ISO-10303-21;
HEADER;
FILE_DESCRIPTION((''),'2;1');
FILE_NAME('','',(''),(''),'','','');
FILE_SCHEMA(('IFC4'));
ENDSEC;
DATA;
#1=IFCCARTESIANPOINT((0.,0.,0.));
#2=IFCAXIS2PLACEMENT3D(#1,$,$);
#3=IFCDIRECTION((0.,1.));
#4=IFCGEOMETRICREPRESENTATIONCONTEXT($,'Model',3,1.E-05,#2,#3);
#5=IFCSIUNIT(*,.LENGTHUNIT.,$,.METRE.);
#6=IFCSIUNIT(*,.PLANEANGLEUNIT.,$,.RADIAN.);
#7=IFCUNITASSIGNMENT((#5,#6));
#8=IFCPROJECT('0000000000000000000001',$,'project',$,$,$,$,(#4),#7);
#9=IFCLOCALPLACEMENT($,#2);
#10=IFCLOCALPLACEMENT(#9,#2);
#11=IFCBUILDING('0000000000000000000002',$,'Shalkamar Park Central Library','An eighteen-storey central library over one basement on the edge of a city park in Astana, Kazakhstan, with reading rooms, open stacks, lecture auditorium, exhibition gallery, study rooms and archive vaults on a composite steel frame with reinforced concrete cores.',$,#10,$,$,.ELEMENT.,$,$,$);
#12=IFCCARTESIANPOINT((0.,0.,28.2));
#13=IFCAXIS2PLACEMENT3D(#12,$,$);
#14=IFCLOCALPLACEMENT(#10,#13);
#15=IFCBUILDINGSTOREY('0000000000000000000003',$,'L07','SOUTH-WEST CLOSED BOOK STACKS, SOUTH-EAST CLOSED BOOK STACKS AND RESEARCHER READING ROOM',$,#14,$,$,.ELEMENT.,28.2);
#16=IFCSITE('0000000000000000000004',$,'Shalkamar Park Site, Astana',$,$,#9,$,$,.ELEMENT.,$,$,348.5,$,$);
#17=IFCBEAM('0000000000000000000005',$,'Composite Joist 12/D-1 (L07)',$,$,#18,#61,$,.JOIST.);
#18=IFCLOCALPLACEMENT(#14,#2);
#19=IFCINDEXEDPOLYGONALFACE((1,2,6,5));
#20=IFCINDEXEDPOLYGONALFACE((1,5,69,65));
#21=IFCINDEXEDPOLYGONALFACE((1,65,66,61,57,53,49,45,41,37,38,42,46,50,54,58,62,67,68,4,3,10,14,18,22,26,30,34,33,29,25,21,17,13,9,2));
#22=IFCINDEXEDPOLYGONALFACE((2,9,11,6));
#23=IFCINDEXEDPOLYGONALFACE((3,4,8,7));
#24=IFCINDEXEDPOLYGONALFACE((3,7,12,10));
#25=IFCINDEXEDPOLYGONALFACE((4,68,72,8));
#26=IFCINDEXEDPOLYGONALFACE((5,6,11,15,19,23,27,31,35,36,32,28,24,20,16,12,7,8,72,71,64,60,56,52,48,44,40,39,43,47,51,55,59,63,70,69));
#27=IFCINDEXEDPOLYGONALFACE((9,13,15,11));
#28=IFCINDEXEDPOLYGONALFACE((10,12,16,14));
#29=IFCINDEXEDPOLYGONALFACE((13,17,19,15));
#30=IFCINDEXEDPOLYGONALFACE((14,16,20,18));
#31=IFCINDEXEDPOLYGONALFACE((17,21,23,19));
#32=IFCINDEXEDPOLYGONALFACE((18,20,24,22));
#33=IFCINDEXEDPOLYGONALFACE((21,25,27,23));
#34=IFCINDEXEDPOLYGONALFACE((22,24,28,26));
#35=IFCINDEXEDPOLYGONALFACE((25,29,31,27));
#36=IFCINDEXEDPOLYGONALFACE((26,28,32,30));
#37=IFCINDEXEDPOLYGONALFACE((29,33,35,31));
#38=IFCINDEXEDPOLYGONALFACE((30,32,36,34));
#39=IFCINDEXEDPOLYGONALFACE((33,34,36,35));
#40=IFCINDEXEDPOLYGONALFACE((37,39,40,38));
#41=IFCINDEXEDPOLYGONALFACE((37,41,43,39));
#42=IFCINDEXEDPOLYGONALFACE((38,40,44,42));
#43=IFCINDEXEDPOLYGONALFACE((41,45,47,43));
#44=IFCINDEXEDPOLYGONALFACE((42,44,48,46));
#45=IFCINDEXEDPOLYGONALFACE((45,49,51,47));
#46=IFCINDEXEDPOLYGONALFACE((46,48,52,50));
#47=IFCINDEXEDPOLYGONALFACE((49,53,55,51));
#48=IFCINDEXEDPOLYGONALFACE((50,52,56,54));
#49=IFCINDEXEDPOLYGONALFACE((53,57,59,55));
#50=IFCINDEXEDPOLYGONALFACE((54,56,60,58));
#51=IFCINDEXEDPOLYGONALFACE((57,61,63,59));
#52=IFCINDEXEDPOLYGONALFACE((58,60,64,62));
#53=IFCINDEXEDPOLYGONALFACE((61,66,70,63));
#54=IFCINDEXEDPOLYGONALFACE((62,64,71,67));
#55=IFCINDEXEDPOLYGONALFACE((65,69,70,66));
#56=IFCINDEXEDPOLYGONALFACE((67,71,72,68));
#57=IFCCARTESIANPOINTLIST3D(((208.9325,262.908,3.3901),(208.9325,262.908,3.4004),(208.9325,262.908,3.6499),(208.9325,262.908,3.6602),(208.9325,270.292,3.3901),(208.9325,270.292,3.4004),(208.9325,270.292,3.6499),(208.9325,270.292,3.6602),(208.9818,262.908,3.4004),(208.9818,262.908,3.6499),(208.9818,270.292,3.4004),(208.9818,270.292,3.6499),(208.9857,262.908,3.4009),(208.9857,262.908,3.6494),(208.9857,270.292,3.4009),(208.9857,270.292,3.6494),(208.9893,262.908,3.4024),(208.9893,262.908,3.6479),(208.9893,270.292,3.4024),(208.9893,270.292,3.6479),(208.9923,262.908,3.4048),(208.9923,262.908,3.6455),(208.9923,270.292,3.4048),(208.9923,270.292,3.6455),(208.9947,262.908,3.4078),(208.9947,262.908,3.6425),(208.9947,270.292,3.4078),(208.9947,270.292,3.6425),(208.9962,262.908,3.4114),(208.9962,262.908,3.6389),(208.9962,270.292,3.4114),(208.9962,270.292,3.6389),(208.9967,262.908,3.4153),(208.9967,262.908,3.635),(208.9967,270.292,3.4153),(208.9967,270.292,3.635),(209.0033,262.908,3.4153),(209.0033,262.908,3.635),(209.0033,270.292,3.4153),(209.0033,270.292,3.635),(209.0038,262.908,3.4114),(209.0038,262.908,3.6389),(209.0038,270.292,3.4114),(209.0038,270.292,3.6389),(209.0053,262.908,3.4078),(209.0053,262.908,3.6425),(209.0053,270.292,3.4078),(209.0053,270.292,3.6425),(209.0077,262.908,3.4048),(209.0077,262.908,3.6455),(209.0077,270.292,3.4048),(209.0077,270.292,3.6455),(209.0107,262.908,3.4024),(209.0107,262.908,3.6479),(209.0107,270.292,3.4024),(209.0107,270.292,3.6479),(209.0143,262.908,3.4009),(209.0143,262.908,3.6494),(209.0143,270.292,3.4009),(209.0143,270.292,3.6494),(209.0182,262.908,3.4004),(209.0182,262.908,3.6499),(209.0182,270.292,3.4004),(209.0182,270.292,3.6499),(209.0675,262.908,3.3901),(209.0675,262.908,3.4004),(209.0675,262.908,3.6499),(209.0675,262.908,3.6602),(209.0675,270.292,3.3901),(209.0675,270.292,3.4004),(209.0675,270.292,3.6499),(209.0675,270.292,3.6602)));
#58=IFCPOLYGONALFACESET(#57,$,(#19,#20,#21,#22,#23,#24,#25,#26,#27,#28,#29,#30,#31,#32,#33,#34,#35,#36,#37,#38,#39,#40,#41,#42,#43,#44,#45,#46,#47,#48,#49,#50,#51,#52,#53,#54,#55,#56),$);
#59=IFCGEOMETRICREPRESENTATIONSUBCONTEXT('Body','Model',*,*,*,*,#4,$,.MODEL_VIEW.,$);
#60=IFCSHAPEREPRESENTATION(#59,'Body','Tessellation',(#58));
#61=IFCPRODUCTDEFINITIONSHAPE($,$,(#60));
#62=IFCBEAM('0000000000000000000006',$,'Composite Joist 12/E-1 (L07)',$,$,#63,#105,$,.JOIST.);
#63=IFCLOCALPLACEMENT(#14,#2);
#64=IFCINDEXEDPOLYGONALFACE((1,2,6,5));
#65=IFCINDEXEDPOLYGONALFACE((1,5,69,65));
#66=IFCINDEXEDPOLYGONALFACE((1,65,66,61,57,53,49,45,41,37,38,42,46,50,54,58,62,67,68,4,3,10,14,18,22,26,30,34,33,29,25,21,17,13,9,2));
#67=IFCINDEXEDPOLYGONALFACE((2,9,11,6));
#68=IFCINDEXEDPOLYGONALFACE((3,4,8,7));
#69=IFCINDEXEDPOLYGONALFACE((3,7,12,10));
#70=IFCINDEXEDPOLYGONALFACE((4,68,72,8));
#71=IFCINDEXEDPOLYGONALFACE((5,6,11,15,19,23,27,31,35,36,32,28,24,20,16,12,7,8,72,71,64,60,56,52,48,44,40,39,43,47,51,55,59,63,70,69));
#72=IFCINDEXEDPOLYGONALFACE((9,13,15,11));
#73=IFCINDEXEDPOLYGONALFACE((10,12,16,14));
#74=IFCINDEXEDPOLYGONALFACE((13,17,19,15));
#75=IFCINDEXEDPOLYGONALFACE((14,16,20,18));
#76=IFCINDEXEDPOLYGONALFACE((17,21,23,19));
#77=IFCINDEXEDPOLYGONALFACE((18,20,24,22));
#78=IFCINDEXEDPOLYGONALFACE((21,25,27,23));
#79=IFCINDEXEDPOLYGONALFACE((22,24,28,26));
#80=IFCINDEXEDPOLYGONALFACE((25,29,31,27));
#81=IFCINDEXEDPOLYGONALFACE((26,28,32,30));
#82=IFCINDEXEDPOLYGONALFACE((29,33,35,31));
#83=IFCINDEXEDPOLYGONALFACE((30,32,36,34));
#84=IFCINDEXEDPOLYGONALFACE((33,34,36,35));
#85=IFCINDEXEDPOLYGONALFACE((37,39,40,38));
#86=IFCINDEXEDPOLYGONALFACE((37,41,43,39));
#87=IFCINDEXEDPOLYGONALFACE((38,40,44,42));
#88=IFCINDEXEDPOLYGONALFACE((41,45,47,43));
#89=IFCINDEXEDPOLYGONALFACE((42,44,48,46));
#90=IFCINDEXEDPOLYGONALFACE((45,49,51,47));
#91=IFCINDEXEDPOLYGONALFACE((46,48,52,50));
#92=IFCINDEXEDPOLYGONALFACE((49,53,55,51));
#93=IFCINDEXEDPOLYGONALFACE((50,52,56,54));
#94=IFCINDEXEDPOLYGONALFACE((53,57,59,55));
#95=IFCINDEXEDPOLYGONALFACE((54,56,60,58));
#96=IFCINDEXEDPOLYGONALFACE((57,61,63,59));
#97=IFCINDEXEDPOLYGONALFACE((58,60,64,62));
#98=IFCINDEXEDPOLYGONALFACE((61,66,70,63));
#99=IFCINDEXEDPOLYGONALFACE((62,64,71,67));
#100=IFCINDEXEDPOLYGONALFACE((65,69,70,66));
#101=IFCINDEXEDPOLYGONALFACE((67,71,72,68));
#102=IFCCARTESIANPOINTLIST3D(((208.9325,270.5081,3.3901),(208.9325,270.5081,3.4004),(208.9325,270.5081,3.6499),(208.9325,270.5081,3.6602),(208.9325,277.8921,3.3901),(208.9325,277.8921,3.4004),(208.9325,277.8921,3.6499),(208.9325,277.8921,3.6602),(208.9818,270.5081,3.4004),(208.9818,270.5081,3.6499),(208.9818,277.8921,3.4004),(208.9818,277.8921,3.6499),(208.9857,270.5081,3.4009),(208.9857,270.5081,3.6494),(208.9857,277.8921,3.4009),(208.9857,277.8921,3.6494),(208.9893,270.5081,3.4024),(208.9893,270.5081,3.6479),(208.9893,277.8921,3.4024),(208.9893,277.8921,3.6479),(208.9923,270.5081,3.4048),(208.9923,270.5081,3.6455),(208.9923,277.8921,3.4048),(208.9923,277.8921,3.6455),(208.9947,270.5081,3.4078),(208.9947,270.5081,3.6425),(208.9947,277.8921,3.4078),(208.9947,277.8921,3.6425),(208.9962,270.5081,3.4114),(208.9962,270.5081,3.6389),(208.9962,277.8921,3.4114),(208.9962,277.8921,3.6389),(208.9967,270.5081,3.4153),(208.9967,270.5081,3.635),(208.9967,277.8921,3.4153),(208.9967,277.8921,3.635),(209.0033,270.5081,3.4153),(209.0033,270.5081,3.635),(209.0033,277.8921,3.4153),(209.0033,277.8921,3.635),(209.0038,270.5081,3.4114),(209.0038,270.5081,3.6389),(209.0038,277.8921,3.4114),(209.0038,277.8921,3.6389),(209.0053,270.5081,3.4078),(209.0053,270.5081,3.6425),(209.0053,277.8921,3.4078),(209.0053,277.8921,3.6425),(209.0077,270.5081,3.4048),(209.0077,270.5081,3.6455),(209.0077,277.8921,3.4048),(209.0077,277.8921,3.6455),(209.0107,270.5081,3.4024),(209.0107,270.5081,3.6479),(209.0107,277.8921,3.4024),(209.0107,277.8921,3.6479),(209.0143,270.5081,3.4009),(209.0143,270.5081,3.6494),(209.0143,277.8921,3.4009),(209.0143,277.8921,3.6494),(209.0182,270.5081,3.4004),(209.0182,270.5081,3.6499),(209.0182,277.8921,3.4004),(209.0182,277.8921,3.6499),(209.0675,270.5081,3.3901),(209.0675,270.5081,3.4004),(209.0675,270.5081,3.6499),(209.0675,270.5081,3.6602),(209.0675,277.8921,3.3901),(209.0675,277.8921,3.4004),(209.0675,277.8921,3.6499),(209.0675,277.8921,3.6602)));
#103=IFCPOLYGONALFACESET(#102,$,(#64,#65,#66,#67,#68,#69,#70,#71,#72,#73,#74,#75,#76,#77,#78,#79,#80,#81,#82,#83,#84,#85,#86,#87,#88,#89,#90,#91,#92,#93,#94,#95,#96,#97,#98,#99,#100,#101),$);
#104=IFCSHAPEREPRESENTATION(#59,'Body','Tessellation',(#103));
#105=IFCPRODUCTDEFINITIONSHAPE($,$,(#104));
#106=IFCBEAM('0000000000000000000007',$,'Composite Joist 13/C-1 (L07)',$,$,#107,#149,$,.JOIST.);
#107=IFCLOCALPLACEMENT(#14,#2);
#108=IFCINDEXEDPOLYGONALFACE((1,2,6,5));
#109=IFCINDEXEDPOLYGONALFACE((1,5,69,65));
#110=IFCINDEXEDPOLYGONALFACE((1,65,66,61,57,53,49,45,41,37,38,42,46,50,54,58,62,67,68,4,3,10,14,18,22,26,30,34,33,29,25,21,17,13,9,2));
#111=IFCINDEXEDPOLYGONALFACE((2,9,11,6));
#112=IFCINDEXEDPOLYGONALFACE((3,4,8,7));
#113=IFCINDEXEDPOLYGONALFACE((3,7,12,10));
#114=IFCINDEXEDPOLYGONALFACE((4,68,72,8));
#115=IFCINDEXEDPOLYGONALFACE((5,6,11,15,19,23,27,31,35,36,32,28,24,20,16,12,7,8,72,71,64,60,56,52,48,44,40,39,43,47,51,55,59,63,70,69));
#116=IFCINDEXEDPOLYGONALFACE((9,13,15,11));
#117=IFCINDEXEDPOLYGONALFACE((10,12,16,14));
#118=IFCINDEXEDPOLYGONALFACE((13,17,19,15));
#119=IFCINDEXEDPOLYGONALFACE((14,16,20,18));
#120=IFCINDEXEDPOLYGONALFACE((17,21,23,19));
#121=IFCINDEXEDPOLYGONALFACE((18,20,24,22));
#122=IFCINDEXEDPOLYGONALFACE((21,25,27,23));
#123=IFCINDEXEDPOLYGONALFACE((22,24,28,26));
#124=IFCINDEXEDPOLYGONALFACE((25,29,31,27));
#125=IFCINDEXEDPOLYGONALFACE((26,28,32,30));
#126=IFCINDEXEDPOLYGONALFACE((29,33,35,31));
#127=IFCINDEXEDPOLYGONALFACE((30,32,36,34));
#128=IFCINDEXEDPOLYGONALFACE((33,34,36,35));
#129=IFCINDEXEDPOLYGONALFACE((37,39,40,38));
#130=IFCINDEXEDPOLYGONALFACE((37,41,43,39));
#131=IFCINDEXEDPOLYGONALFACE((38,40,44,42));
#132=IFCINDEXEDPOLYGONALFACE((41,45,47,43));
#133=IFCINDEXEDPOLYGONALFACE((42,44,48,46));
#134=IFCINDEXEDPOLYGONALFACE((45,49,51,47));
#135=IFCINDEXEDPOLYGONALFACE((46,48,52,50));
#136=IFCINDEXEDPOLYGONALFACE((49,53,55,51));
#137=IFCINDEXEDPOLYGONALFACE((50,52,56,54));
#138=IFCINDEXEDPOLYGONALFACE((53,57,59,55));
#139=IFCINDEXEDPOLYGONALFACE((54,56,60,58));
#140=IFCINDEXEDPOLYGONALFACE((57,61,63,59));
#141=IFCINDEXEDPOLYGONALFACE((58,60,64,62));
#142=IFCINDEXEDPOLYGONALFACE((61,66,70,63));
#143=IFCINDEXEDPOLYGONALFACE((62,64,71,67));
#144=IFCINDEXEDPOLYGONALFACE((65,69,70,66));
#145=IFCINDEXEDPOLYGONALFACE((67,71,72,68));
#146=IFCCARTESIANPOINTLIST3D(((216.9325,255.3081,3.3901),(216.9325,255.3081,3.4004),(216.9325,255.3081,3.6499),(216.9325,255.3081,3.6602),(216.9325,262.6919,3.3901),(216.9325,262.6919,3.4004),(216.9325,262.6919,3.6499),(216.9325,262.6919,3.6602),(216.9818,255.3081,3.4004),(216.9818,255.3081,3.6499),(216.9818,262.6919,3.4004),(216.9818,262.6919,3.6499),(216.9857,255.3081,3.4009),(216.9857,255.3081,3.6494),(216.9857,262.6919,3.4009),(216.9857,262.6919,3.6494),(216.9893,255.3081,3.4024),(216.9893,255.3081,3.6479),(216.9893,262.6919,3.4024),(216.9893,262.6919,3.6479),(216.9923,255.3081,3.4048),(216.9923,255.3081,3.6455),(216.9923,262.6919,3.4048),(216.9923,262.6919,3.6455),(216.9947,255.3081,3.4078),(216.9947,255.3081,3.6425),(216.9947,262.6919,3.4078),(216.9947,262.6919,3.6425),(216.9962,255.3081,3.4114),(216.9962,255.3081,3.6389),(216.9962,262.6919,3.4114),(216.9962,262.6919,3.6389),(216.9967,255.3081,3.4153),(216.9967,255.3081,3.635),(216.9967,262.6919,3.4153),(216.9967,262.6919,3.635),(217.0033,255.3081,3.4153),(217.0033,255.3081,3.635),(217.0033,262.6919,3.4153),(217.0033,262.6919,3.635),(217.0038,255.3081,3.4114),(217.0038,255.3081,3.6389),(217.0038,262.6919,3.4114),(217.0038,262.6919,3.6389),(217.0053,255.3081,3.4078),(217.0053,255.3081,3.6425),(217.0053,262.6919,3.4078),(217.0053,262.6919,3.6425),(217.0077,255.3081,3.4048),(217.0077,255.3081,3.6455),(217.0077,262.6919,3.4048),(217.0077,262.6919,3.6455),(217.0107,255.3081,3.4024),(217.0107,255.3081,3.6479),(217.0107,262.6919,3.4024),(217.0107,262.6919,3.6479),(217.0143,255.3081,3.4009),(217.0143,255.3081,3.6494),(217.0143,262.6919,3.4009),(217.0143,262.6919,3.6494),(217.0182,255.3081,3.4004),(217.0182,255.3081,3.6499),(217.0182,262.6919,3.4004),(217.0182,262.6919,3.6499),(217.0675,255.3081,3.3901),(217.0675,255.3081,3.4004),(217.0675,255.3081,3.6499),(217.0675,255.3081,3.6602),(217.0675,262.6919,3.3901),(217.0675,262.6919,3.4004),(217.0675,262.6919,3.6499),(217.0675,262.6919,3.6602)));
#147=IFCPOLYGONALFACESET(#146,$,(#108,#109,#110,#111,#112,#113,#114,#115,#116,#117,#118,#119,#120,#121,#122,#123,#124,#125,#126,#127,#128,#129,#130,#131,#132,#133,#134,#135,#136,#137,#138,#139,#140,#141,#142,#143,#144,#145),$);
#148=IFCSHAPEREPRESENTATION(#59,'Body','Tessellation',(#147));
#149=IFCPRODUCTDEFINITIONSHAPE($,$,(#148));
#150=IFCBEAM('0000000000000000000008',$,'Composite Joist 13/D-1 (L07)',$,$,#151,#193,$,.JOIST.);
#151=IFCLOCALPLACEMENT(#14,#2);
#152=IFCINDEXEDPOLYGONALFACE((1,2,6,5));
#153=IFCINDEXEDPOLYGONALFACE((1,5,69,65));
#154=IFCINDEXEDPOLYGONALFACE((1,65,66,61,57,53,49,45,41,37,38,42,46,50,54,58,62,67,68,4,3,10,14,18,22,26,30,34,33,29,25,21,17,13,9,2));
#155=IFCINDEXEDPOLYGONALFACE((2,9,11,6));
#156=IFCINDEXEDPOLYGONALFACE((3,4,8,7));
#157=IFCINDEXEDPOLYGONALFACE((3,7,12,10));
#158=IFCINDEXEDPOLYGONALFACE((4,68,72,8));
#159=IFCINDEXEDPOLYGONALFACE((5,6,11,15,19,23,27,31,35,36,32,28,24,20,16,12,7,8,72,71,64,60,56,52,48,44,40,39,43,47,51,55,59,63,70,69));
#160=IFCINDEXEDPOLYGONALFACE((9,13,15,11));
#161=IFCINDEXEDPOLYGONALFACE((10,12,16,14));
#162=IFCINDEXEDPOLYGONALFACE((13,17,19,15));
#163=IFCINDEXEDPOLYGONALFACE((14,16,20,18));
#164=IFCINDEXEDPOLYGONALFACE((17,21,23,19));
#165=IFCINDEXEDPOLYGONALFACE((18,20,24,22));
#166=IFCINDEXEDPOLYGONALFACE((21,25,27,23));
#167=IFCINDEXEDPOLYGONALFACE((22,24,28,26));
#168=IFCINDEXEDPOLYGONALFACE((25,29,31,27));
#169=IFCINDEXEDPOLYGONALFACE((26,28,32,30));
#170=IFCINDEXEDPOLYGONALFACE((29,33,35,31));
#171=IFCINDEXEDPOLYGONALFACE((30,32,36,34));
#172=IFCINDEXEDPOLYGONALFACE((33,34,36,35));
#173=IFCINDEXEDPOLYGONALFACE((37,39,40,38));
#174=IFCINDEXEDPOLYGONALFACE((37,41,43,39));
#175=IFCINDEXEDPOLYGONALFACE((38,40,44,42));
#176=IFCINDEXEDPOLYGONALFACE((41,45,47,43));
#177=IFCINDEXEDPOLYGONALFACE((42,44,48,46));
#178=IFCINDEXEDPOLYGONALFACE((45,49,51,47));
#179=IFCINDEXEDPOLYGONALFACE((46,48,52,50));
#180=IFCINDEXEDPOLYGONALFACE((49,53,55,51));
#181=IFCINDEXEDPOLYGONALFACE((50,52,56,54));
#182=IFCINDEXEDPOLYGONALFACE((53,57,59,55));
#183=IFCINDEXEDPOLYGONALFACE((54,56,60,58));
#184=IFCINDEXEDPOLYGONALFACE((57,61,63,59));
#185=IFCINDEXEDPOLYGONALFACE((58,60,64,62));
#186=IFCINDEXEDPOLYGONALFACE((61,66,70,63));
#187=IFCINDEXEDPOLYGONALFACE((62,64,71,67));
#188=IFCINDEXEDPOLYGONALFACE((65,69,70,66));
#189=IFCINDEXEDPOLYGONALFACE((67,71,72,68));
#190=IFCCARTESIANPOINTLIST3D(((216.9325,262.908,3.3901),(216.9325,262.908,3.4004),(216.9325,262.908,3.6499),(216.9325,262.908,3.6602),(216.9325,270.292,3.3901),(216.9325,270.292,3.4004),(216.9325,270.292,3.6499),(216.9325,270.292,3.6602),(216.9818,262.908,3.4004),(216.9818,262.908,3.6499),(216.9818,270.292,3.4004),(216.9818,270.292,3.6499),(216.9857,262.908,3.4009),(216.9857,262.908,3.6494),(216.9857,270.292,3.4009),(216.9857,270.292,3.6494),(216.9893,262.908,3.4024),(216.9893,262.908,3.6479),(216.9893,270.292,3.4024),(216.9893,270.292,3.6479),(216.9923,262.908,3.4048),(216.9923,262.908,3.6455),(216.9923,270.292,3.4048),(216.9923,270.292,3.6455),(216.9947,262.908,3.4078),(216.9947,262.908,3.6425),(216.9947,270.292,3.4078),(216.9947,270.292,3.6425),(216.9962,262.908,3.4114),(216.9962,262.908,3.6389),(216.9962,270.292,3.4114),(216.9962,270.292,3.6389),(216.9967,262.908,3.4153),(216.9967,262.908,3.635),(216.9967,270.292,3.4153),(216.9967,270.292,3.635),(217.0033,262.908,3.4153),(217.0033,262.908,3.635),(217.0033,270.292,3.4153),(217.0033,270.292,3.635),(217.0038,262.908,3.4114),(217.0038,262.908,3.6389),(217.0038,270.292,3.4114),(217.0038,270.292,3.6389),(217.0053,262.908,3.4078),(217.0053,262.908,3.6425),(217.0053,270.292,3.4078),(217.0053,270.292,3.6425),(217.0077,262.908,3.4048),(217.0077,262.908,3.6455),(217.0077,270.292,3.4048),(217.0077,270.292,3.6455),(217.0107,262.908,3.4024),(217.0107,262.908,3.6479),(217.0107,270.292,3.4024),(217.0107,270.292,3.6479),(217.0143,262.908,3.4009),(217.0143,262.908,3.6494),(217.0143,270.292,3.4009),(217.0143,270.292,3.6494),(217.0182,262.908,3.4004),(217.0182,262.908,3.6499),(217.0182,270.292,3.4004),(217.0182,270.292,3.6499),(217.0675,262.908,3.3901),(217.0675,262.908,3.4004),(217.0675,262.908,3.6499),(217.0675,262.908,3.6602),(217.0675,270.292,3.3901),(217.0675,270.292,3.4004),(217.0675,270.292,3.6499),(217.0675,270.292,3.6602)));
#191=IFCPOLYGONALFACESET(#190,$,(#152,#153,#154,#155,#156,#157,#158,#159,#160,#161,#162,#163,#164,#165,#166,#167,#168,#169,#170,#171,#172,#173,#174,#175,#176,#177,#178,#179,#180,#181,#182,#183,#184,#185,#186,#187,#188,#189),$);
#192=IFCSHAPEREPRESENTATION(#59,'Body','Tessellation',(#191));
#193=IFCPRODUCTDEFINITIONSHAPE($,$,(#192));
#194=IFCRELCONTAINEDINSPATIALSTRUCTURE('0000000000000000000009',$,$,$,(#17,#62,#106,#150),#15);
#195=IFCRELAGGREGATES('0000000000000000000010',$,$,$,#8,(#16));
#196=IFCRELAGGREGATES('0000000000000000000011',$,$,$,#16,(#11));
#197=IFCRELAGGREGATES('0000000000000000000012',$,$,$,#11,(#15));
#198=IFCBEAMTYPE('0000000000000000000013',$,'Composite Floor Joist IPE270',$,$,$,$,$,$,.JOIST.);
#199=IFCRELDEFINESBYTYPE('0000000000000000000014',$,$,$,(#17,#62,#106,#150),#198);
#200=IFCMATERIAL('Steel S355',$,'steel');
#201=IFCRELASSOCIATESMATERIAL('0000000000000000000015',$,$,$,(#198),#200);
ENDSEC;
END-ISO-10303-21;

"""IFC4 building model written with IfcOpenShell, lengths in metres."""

from ifc_helpers import new_model, si_unit, direction, frame, origin, origin_2d, place, context, subcontext, project, spatial, i_section, extrude, material, material_profile, profile_set, type_object, element, save


model = new_model("IFC4")

# Units and contexts
model_context = context("Model", 3, precision=1e-05, world=origin(), true_north=direction((0.0, 1.0)))
body_context = subcontext(model_context, "Body", "Model", "MODEL_VIEW")
ifc_project = project(units=[si_unit("LENGTHUNIT", "METRE"), si_unit("PLANEANGLEUNIT", "RADIAN")], contexts=[model_context])

# Site, building, storey
site_placement = place(None, origin())
site = spatial("IfcSite", under=ifc_project, at=site_placement, Name="Shalkamar Park Site, Astana", CompositionType="ELEMENT", RefElevation=348.5)
building_placement = place(site_placement, origin())
building = spatial("IfcBuilding", under=site, at=building_placement, Name="Shalkamar Park Central Library", Description="An eighteen-storey central library over one basement on the edge of a city park in Astana, Kazakhstan, with reading rooms, open stacks, lecture auditorium, exhibition gallery, study rooms and archive vaults on a composite steel frame with reinforced concrete cores.", CompositionType="ELEMENT")
storey_placement = place(building_placement, frame((0.0, 0.0, 28.2)))
storey = spatial("IfcBuildingStorey", under=building, at=storey_placement, Name="L07", Description="SOUTH-WEST CLOSED BOOK STACKS, SOUTH-EAST CLOSED BOOK STACKS AND RESEARCHER READING ROOM", CompositionType="ELEMENT", Elevation=28.2)

# Shared definitions
ifc_material_1 = material(Name="Steel S355", Category="steel")

# Beams
ifc_material_profile_1 = material_profile(ifc_material_1, i_section(OverallWidth=0.135, OverallDepth=0.27, WebThickness=0.0066, FlangeThickness=0.0103, FilletRadius=0.0149, at=origin_2d()), Name="IPE 270")
ifc_profile_set_1 = profile_set([ifc_material_profile_1], Name="Steel S355")
beam_type_1 = type_object("IfcBeamType", Name="Composite Floor Joist IPE270", PredefinedType="JOIST", material=ifc_profile_set_1)
for number, where, z_axis, x_axis, name in (
    (1, (209.0, 262.908, 3.5251), (0.0, 1.0, 0.0), (-1.0, 0.0, 0.0), "Composite Joist 12/D-1 (L07)"),
    (2, (209.0, 270.5081, 3.5251), (0.0, 1.0, 0.0), (-1.0, 0.0, 0.0), "Composite Joist 12/E-1 (L07)"),
):
    element("IfcBeam", number, at=place(storey_placement, frame(where, z_axis=z_axis, x_axis=x_axis)), inside=storey, type_object=beam_type_1, Name=name, PredefinedType="JOIST", context=body_context, shape_type="SweptSolid", body=[
        extrude(i_section(OverallWidth=0.135, OverallDepth=0.27, WebThickness=0.0066, FlangeThickness=0.0103, FilletRadius=0.0149, at=origin_2d()), origin(), (0.0, 0.0, 1.0), 7.384),
    ])
beam_1_placement = place(storey_placement, frame((217.0, 255.3081, 3.5251), z_axis=(0.0, 1.0, 0.0), x_axis=(-1.0, 0.0, 0.0)))
element("IfcBeam", 3, at=beam_1_placement, inside=storey, type_object=beam_type_1, Name="Composite Joist 13/C-1 (L07)", PredefinedType="JOIST", context=body_context, shape_type="SweptSolid", body=[
    extrude(i_section(OverallWidth=0.135, OverallDepth=0.27, WebThickness=0.0066, FlangeThickness=0.0103, FilletRadius=0.0149, at=origin_2d()), origin(), (0.0, 0.0, 1.0), 7.3838),
])
for number, where, z_axis, x_axis, name in (
    (4, (217.0, 262.908, 3.5251), (0.0, 1.0, 0.0), (-1.0, 0.0, 0.0), "Composite Joist 13/D-1 (L07)"),
):
    element("IfcBeam", number, at=place(storey_placement, frame(where, z_axis=z_axis, x_axis=x_axis)), inside=storey, type_object=beam_type_1, Name=name, PredefinedType="JOIST", context=body_context, shape_type="SweptSolid", body=[
        extrude(i_section(OverallWidth=0.135, OverallDepth=0.27, WebThickness=0.0066, FlangeThickness=0.0103, FilletRadius=0.0149, at=origin_2d()), origin(), (0.0, 0.0, 1.0), 7.384),
    ])

save(model, "model.ifc")
